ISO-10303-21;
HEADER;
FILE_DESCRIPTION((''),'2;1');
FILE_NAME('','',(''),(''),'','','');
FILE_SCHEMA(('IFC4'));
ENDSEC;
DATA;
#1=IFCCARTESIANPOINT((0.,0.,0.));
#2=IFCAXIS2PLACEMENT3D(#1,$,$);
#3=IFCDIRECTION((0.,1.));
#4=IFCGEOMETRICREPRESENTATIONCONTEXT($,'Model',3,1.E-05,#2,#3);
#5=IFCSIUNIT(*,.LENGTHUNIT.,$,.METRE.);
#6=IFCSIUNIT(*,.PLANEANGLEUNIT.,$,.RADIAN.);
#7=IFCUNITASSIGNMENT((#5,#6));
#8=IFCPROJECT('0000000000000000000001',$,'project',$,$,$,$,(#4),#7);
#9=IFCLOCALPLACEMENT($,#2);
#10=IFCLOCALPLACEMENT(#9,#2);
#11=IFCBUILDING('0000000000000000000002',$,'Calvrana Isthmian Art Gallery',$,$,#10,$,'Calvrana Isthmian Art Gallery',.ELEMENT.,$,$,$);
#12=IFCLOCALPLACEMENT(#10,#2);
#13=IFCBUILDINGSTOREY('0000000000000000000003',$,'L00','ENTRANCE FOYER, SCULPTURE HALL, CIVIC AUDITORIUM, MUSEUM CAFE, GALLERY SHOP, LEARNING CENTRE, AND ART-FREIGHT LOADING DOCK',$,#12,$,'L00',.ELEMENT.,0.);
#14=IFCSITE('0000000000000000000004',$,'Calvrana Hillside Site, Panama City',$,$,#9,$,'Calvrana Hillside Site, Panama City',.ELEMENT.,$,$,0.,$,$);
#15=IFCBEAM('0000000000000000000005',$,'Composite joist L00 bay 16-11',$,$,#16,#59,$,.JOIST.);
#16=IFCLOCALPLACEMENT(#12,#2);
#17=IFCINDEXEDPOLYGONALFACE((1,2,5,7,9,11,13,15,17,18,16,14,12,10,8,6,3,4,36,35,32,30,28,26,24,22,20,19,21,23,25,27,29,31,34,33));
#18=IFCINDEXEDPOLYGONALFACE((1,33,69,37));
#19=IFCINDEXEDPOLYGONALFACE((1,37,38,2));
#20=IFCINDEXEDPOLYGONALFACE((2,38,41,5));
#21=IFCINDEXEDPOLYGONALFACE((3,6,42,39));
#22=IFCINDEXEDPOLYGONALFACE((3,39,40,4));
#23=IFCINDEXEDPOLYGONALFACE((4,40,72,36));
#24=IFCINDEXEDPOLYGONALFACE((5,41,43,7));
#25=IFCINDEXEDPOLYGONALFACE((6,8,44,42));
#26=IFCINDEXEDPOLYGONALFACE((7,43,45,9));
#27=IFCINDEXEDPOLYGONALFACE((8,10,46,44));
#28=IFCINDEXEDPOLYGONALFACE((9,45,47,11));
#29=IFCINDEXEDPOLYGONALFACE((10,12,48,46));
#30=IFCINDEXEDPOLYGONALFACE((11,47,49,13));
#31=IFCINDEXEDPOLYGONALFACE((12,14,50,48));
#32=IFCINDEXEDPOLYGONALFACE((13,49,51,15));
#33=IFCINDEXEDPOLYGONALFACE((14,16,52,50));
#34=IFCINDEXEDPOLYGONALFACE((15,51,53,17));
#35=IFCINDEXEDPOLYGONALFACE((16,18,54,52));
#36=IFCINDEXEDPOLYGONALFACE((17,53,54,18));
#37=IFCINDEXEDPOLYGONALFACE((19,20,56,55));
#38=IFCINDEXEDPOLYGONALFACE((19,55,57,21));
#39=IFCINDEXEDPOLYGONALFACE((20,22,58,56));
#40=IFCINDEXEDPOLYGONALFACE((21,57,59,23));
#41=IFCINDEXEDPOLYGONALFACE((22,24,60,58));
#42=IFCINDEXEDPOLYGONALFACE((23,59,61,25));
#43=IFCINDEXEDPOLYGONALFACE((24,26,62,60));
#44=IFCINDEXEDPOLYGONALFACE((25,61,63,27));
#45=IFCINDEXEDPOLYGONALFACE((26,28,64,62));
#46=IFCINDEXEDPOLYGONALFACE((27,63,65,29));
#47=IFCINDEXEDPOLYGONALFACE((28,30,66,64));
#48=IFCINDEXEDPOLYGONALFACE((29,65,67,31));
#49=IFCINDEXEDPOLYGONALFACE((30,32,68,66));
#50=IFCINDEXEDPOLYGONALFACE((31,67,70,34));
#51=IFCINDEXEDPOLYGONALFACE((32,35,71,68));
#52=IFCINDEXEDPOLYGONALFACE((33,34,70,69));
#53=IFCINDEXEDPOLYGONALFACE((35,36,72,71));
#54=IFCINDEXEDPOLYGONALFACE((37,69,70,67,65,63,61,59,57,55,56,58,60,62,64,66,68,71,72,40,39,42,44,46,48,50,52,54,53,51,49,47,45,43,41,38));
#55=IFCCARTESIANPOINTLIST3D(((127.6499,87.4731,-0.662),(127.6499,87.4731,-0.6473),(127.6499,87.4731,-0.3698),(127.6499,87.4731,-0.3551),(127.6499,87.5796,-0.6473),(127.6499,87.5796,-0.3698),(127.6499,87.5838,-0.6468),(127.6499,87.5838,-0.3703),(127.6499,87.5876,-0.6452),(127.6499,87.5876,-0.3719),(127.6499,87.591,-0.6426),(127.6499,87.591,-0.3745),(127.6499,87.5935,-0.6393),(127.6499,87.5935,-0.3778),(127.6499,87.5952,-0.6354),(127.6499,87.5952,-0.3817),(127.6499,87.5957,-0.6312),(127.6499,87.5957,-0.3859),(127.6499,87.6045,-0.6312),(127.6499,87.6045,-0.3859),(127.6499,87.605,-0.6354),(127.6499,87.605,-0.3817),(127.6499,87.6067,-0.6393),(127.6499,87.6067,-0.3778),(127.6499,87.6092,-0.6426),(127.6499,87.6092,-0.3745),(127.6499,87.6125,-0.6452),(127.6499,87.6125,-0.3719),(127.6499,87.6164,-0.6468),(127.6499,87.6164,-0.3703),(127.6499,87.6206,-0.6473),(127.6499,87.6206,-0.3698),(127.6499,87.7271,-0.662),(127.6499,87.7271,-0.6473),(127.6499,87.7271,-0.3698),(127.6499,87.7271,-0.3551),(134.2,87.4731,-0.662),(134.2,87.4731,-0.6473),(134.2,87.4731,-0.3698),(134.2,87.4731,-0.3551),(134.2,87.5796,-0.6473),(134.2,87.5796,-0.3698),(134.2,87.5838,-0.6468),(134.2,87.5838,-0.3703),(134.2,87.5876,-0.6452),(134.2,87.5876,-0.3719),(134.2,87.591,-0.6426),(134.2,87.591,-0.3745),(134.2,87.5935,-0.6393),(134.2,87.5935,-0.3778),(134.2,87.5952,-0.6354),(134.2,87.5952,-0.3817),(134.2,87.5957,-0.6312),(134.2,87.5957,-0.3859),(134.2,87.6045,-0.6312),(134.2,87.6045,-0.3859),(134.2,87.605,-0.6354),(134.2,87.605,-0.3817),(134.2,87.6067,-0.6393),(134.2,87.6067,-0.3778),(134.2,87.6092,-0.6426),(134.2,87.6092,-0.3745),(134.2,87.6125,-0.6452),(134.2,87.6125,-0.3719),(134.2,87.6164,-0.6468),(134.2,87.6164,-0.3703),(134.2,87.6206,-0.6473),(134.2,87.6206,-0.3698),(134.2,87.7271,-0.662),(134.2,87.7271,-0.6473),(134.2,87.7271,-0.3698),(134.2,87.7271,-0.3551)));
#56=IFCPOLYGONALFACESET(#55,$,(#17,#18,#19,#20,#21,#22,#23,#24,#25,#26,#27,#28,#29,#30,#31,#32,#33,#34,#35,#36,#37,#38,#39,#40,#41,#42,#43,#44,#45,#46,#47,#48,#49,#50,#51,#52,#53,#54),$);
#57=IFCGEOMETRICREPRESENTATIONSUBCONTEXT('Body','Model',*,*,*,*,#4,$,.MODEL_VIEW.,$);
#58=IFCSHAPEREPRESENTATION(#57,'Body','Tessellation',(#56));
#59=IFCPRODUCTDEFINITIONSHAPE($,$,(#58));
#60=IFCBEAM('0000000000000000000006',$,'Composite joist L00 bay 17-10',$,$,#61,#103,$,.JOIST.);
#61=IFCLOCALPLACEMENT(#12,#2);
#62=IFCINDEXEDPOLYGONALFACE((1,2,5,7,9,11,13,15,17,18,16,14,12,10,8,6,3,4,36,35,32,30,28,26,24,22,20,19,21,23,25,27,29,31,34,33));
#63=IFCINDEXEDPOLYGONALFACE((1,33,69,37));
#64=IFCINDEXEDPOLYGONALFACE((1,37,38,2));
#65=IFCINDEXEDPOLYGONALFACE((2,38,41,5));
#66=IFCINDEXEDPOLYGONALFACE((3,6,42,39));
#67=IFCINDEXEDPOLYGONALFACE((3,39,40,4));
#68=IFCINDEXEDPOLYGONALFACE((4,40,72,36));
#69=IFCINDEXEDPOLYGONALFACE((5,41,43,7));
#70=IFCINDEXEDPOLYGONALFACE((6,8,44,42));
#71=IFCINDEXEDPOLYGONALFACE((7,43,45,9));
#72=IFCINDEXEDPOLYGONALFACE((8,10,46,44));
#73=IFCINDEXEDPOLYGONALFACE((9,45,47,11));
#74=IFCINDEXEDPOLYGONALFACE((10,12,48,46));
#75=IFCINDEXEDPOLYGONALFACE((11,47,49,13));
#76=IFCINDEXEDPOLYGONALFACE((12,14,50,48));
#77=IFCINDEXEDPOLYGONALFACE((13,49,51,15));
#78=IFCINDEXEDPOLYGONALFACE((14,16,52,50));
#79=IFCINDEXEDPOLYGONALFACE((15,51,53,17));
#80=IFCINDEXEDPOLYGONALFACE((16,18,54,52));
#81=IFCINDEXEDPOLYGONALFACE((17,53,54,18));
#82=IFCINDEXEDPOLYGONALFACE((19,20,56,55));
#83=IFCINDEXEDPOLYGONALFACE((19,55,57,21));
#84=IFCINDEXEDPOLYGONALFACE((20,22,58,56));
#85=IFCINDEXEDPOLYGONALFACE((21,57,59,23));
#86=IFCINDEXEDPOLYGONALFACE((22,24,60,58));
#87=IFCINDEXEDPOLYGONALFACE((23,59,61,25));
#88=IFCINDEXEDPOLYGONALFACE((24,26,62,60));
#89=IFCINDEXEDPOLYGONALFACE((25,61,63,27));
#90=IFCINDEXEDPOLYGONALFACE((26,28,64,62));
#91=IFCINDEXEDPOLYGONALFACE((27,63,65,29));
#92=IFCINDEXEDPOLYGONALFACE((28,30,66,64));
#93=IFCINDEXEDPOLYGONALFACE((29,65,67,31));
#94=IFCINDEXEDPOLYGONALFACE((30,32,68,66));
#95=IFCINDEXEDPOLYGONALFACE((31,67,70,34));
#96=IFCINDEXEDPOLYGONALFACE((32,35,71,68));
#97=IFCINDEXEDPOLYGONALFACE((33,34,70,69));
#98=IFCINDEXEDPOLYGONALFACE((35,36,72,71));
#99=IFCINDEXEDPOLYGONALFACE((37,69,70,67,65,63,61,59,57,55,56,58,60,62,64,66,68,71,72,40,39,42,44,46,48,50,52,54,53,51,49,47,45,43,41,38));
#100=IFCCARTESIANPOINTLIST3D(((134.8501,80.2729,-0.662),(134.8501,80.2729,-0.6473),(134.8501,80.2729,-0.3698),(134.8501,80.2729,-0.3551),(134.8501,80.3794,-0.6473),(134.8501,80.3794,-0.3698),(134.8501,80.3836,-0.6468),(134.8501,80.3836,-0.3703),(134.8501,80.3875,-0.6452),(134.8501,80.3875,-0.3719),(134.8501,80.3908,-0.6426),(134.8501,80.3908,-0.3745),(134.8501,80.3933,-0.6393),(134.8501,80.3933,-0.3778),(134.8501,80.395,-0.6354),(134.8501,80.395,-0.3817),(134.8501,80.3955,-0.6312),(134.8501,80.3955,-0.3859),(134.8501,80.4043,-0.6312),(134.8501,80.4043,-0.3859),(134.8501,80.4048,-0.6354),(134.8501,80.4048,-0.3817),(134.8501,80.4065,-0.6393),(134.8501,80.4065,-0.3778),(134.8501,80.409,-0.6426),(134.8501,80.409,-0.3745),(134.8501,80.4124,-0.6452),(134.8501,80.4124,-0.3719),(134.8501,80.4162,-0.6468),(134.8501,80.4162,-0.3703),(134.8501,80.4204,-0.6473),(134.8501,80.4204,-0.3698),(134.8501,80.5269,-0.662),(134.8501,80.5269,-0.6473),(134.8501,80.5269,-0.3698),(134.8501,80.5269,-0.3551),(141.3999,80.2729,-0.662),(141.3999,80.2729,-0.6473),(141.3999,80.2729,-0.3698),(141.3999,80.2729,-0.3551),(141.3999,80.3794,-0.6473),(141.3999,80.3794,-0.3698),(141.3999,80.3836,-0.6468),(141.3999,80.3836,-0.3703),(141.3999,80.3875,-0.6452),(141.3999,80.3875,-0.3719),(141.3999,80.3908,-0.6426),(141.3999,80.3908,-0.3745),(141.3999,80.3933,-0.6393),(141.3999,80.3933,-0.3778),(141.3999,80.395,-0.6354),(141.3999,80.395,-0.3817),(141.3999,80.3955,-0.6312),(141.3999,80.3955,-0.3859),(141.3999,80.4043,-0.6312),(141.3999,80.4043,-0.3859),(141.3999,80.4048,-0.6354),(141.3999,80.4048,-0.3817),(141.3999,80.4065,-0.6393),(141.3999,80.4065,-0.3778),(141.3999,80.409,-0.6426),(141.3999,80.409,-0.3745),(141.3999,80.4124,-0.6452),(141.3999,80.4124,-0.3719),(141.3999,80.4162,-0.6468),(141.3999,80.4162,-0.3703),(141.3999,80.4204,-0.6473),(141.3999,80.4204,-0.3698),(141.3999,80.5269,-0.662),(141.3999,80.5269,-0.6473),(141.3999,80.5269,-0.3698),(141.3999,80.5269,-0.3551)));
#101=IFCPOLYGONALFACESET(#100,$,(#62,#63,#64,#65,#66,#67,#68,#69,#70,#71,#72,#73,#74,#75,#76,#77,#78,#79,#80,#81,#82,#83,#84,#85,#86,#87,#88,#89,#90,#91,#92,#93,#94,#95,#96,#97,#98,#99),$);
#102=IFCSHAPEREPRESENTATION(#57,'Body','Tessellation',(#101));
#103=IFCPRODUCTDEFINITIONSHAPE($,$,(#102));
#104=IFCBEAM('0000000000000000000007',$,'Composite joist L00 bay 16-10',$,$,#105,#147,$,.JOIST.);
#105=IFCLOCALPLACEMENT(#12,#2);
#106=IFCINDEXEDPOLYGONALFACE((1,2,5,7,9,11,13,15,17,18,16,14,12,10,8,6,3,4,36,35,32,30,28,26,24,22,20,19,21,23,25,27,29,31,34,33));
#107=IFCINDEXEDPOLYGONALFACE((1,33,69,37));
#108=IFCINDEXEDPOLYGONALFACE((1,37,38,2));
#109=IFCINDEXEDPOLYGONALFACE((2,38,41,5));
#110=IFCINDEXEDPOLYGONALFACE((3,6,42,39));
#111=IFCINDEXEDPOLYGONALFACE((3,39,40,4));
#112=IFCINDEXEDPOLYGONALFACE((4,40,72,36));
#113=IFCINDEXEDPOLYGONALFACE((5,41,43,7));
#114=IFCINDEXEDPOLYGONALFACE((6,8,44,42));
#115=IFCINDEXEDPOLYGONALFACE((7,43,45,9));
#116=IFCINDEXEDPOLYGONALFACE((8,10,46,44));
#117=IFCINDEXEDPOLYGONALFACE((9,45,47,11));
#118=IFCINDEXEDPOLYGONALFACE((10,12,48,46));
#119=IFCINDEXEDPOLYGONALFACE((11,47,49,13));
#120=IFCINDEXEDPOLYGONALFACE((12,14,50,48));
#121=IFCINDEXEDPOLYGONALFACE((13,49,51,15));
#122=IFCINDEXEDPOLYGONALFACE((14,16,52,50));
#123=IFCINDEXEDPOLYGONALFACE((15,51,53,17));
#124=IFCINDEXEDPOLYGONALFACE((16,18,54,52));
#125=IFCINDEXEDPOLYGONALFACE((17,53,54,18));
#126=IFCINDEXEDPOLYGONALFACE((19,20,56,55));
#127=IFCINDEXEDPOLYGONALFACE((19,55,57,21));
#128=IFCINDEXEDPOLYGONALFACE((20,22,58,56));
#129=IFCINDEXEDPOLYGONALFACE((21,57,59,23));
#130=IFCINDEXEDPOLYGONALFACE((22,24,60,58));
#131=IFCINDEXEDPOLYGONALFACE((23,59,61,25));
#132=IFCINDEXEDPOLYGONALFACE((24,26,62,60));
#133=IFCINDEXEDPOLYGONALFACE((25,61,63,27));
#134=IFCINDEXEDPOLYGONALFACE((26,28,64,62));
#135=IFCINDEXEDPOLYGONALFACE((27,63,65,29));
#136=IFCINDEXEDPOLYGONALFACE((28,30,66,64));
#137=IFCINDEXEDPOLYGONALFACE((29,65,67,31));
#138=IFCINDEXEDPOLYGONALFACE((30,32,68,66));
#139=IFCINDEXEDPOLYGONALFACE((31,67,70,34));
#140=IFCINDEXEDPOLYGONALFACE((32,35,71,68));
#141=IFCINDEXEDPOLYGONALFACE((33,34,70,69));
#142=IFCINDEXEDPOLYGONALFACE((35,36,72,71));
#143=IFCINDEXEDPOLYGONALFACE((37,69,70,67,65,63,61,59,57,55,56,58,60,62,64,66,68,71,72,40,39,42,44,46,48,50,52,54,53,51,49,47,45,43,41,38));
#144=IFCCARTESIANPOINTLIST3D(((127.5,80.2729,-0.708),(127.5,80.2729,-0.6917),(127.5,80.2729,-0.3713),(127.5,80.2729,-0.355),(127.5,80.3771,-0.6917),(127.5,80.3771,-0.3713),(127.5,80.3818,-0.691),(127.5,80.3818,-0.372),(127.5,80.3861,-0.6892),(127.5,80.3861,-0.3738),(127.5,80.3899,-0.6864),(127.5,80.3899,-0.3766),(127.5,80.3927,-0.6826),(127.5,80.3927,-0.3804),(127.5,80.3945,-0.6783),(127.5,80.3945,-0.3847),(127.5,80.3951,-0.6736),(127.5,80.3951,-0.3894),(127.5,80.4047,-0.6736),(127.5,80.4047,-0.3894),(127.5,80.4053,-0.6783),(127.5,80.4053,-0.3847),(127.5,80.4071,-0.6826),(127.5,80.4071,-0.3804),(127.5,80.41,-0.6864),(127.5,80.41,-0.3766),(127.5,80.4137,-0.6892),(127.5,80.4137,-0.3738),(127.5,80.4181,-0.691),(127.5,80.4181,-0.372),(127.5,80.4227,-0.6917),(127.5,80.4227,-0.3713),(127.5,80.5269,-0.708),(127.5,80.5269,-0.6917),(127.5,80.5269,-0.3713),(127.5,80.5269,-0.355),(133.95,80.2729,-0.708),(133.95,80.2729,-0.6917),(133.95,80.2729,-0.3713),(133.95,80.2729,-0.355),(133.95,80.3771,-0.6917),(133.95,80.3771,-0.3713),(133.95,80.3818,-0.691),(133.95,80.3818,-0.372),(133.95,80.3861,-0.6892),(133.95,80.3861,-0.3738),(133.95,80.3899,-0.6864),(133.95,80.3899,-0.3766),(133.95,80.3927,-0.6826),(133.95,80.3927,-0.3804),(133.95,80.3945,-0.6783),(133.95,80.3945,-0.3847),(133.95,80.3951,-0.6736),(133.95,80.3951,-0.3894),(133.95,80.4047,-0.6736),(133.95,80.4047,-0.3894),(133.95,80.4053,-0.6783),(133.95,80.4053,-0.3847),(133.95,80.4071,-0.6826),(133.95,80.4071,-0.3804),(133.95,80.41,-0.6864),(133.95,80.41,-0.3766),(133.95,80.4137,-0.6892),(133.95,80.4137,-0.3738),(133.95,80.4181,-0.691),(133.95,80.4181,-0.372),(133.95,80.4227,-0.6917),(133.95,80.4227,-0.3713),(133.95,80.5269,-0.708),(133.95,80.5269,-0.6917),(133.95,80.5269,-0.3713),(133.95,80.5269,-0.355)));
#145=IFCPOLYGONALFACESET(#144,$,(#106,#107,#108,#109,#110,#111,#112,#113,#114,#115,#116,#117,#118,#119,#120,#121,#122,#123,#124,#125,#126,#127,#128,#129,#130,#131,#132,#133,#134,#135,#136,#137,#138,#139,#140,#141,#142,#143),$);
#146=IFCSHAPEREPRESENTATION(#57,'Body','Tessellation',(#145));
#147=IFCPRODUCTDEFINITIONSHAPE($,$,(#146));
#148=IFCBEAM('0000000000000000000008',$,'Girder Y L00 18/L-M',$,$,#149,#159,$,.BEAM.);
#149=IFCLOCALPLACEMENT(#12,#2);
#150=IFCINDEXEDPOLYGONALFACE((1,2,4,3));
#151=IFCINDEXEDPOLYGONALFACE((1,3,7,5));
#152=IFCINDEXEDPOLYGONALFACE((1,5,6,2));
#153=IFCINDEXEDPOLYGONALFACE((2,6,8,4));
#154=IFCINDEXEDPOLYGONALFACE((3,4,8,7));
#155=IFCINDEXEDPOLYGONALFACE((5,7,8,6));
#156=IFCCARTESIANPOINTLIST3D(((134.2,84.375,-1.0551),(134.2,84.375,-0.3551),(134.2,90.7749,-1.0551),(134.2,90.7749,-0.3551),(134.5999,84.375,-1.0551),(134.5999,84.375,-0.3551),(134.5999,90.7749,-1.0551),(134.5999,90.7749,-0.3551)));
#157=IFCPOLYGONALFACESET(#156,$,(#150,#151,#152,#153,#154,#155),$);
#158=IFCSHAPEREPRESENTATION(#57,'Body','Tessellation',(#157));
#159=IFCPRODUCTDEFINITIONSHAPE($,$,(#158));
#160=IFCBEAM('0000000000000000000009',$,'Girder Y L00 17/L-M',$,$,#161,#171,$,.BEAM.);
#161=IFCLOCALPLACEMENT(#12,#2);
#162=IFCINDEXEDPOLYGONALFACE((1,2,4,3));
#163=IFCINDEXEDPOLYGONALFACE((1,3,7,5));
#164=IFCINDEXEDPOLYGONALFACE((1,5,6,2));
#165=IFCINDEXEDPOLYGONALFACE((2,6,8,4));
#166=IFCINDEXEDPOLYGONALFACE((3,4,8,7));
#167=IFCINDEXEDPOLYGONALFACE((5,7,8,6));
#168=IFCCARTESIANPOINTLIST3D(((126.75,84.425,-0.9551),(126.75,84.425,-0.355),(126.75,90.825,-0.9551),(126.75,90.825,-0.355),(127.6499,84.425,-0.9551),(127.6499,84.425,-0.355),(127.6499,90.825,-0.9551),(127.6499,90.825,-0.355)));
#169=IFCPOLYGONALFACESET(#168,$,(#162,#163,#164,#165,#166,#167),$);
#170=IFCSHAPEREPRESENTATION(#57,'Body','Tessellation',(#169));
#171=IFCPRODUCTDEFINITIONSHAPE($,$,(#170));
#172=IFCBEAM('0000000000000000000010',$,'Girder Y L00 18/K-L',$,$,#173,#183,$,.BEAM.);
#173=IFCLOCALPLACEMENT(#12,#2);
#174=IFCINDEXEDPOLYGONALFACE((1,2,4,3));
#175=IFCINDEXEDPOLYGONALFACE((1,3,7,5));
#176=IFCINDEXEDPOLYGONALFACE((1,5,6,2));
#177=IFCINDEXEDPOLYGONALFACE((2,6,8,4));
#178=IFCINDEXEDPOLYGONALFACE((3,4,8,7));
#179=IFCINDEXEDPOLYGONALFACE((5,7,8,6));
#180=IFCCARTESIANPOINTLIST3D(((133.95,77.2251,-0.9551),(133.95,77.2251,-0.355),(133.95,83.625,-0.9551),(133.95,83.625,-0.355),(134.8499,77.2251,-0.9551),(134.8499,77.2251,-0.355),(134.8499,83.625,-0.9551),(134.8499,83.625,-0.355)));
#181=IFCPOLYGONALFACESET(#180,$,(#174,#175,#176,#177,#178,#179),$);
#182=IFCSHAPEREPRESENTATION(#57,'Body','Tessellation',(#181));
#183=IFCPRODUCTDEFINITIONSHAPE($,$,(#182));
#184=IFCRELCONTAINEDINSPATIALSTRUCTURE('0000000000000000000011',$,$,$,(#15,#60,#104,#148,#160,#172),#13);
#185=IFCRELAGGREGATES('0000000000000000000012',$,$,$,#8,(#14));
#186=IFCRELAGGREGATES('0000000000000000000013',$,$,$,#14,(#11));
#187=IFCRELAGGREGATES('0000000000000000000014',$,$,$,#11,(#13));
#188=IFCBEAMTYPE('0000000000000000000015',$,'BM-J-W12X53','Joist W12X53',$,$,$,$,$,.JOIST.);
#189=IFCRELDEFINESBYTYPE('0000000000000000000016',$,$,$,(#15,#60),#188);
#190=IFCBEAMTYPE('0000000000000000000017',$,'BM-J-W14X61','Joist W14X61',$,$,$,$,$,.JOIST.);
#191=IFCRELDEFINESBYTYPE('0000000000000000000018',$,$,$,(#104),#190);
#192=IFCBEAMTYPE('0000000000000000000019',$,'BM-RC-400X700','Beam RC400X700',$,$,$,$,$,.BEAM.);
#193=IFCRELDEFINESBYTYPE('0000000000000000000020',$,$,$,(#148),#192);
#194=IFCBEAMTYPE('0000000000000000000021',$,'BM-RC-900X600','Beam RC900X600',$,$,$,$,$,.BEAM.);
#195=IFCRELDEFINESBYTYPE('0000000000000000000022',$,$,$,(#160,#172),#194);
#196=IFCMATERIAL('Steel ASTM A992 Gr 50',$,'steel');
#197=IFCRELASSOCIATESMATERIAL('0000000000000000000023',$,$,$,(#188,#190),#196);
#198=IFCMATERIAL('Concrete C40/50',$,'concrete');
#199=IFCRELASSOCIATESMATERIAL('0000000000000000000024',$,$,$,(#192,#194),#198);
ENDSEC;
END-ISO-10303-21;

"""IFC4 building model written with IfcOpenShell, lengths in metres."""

from ifc_helpers import new_model, si_unit, direction, frame, origin, origin_2d, place, context, subcontext, project, spatial, rectangle, i_section, extrude, material, material_profile, profile_set, type_object, element, save


model = new_model("IFC4")

# Units and contexts
model_context = context("Model", 3, precision=1e-05, world=origin(), true_north=direction((0.0, 1.0)))
body_context = subcontext(model_context, "Body", "Model", "MODEL_VIEW")
ifc_project = project(units=[si_unit("LENGTHUNIT", "METRE"), si_unit("PLANEANGLEUNIT", "RADIAN")], contexts=[model_context])

# Site, building, storey
site_placement = place(None, origin())
site = spatial("IfcSite", under=ifc_project, at=site_placement, Name="Calvrana Hillside Site, Panama City", LongName="Calvrana Hillside Site, Panama City", CompositionType="ELEMENT", RefElevation=0.0)
building_placement = place(site_placement, origin())
building = spatial("IfcBuilding", under=site, at=building_placement, Name="Calvrana Isthmian Art Gallery", LongName="Calvrana Isthmian Art Gallery", CompositionType="ELEMENT")
storey_placement = place(building_placement, origin())
storey = spatial("IfcBuildingStorey", under=building, at=storey_placement, Name="L00", Description="ENTRANCE FOYER, SCULPTURE HALL, CIVIC AUDITORIUM, MUSEUM CAFE, GALLERY SHOP, LEARNING CENTRE, AND ART-FREIGHT LOADING DOCK", LongName="L00", CompositionType="ELEMENT", Elevation=0.0)

# Shared definitions
ifc_material_1 = material(Name="Concrete C40/50", Category="concrete")

# Beams
ifc_material_2 = material(Name="Steel ASTM A992 Gr 50", Category="steel")
ifc_material_profile_1 = material_profile(ifc_material_2, i_section(OverallWidth=0.2539, OverallDepth=0.3069, WebThickness=0.0088, FlangeThickness=0.0146, FilletRadius=0.0161, at=origin_2d()), Name="W12X53")
ifc_profile_set_1 = profile_set([ifc_material_profile_1], Name="Steel ASTM A992 Gr 50")
beam_type_1 = type_object("IfcBeamType", Name="BM-J-W12X53", Description="Joist W12X53", PredefinedType="JOIST", material=ifc_profile_set_1)
beam_1_placement = place(storey_placement, frame((127.6499, 87.6001, -0.5085), z_axis=(1.0, 0.0, 0.0), x_axis=(0.0, 1.0, 0.0)))
element("IfcBeam", 1, at=beam_1_placement, inside=storey, type_object=beam_type_1, Name="Composite joist L00 bay 16-11", PredefinedType="JOIST", context=body_context, shape_type="SweptSolid", body=[
    extrude(i_section(OverallWidth=0.2539, OverallDepth=0.3069, WebThickness=0.0088, FlangeThickness=0.0146, FilletRadius=0.0161, at=origin_2d()), origin(), (0.0, 0.0, 1.0), 6.55),
])
beam_2_placement = place(storey_placement, frame((134.8501, 80.3999, -0.5085), z_axis=(1.0, 0.0, 0.0), x_axis=(0.0, 1.0, 0.0)))
element("IfcBeam", 2, at=beam_2_placement, inside=storey, type_object=beam_type_1, Name="Composite joist L00 bay 17-10", PredefinedType="JOIST", context=body_context, shape_type="SweptSolid", body=[
    extrude(i_section(OverallWidth=0.2539, OverallDepth=0.3069, WebThickness=0.0088, FlangeThickness=0.0146, FilletRadius=0.0161, at=origin_2d()), origin(), (0.0, 0.0, 1.0), 6.5498),
])
ifc_material_profile_2 = material_profile(ifc_material_2, i_section(OverallWidth=0.2539, OverallDepth=0.353, WebThickness=0.0095, FlangeThickness=0.0164, FilletRadius=0.0181, at=origin_2d()), Name="W14X61")
ifc_profile_set_2 = profile_set([ifc_material_profile_2], Name="Steel ASTM A992 Gr 50")
beam_type_2 = type_object("IfcBeamType", Name="BM-J-W14X61", Description="Joist W14X61", PredefinedType="JOIST", material=ifc_profile_set_2)
beam_3_placement = place(storey_placement, frame((127.5, 80.3999, -0.5315), z_axis=(1.0, 0.0, 0.0), x_axis=(0.0, 1.0, 0.0)))
element("IfcBeam", 3, at=beam_3_placement, inside=storey, type_object=beam_type_2, Name="Composite joist L00 bay 16-10", PredefinedType="JOIST", context=body_context, shape_type="SweptSolid", body=[
    extrude(i_section(OverallWidth=0.2539, OverallDepth=0.353, WebThickness=0.0095, FlangeThickness=0.0164, FilletRadius=0.0181, at=origin_2d()), origin(), (0.0, 0.0, 1.0), 6.45),
])
ifc_material_profile_3 = material_profile(ifc_material_1, rectangle(XDim=0.3999, YDim=0.7, at=origin_2d()), Name="RC400X700")
ifc_profile_set_3 = profile_set([ifc_material_profile_3], Name="Concrete C40/50")
beam_type_3 = type_object("IfcBeamType", Name="BM-RC-400X700", Description="Beam RC400X700", PredefinedType="BEAM", material=ifc_profile_set_3)
beam_4_placement = place(storey_placement, frame((134.3999, 84.375, -0.7051), z_axis=(0.0, 1.0, 0.0), x_axis=(-1.0, 0.0, 0.0)))
element("IfcBeam", 4, at=beam_4_placement, inside=storey, type_object=beam_type_3, Name="Girder Y L00 18/L-M", PredefinedType="BEAM", context=body_context, shape_type="SweptSolid", body=[
    extrude(rectangle(XDim=0.3999, YDim=0.7, at=origin_2d()), origin(), (0.0, 0.0, 1.0), 6.3999),
])
ifc_material_profile_4 = material_profile(ifc_material_1, rectangle(XDim=0.8999, YDim=0.6001, at=origin_2d()), Name="RC900X600")
ifc_profile_set_4 = profile_set([ifc_material_profile_4], Name="Concrete C40/50")
beam_type_4 = type_object("IfcBeamType", Name="BM-RC-900X600", Description="Beam RC900X600", PredefinedType="BEAM", material=ifc_profile_set_4)
for number, where, z_axis, x_axis, name in (
    (5, (127.2, 84.425, -0.655), (0.0, 1.0, 0.0), (-1.0, 0.0, 0.0), "Girder Y L00 17/L-M"),
    (6, (134.3999, 77.2251, -0.655), (0.0, 1.0, 0.0), (-1.0, 0.0, 0.0), "Girder Y L00 18/K-L"),
):
    element("IfcBeam", number, at=place(storey_placement, frame(where, z_axis=z_axis, x_axis=x_axis)), inside=storey, type_object=beam_type_4, Name=name, PredefinedType="BEAM", context=body_context, shape_type="SweptSolid", body=[
        extrude(rectangle(XDim=0.8999, YDim=0.6001, at=origin_2d()), origin(), (0.0, 0.0, 1.0), 6.3999),
    ])

save(model, "model.ifc")
